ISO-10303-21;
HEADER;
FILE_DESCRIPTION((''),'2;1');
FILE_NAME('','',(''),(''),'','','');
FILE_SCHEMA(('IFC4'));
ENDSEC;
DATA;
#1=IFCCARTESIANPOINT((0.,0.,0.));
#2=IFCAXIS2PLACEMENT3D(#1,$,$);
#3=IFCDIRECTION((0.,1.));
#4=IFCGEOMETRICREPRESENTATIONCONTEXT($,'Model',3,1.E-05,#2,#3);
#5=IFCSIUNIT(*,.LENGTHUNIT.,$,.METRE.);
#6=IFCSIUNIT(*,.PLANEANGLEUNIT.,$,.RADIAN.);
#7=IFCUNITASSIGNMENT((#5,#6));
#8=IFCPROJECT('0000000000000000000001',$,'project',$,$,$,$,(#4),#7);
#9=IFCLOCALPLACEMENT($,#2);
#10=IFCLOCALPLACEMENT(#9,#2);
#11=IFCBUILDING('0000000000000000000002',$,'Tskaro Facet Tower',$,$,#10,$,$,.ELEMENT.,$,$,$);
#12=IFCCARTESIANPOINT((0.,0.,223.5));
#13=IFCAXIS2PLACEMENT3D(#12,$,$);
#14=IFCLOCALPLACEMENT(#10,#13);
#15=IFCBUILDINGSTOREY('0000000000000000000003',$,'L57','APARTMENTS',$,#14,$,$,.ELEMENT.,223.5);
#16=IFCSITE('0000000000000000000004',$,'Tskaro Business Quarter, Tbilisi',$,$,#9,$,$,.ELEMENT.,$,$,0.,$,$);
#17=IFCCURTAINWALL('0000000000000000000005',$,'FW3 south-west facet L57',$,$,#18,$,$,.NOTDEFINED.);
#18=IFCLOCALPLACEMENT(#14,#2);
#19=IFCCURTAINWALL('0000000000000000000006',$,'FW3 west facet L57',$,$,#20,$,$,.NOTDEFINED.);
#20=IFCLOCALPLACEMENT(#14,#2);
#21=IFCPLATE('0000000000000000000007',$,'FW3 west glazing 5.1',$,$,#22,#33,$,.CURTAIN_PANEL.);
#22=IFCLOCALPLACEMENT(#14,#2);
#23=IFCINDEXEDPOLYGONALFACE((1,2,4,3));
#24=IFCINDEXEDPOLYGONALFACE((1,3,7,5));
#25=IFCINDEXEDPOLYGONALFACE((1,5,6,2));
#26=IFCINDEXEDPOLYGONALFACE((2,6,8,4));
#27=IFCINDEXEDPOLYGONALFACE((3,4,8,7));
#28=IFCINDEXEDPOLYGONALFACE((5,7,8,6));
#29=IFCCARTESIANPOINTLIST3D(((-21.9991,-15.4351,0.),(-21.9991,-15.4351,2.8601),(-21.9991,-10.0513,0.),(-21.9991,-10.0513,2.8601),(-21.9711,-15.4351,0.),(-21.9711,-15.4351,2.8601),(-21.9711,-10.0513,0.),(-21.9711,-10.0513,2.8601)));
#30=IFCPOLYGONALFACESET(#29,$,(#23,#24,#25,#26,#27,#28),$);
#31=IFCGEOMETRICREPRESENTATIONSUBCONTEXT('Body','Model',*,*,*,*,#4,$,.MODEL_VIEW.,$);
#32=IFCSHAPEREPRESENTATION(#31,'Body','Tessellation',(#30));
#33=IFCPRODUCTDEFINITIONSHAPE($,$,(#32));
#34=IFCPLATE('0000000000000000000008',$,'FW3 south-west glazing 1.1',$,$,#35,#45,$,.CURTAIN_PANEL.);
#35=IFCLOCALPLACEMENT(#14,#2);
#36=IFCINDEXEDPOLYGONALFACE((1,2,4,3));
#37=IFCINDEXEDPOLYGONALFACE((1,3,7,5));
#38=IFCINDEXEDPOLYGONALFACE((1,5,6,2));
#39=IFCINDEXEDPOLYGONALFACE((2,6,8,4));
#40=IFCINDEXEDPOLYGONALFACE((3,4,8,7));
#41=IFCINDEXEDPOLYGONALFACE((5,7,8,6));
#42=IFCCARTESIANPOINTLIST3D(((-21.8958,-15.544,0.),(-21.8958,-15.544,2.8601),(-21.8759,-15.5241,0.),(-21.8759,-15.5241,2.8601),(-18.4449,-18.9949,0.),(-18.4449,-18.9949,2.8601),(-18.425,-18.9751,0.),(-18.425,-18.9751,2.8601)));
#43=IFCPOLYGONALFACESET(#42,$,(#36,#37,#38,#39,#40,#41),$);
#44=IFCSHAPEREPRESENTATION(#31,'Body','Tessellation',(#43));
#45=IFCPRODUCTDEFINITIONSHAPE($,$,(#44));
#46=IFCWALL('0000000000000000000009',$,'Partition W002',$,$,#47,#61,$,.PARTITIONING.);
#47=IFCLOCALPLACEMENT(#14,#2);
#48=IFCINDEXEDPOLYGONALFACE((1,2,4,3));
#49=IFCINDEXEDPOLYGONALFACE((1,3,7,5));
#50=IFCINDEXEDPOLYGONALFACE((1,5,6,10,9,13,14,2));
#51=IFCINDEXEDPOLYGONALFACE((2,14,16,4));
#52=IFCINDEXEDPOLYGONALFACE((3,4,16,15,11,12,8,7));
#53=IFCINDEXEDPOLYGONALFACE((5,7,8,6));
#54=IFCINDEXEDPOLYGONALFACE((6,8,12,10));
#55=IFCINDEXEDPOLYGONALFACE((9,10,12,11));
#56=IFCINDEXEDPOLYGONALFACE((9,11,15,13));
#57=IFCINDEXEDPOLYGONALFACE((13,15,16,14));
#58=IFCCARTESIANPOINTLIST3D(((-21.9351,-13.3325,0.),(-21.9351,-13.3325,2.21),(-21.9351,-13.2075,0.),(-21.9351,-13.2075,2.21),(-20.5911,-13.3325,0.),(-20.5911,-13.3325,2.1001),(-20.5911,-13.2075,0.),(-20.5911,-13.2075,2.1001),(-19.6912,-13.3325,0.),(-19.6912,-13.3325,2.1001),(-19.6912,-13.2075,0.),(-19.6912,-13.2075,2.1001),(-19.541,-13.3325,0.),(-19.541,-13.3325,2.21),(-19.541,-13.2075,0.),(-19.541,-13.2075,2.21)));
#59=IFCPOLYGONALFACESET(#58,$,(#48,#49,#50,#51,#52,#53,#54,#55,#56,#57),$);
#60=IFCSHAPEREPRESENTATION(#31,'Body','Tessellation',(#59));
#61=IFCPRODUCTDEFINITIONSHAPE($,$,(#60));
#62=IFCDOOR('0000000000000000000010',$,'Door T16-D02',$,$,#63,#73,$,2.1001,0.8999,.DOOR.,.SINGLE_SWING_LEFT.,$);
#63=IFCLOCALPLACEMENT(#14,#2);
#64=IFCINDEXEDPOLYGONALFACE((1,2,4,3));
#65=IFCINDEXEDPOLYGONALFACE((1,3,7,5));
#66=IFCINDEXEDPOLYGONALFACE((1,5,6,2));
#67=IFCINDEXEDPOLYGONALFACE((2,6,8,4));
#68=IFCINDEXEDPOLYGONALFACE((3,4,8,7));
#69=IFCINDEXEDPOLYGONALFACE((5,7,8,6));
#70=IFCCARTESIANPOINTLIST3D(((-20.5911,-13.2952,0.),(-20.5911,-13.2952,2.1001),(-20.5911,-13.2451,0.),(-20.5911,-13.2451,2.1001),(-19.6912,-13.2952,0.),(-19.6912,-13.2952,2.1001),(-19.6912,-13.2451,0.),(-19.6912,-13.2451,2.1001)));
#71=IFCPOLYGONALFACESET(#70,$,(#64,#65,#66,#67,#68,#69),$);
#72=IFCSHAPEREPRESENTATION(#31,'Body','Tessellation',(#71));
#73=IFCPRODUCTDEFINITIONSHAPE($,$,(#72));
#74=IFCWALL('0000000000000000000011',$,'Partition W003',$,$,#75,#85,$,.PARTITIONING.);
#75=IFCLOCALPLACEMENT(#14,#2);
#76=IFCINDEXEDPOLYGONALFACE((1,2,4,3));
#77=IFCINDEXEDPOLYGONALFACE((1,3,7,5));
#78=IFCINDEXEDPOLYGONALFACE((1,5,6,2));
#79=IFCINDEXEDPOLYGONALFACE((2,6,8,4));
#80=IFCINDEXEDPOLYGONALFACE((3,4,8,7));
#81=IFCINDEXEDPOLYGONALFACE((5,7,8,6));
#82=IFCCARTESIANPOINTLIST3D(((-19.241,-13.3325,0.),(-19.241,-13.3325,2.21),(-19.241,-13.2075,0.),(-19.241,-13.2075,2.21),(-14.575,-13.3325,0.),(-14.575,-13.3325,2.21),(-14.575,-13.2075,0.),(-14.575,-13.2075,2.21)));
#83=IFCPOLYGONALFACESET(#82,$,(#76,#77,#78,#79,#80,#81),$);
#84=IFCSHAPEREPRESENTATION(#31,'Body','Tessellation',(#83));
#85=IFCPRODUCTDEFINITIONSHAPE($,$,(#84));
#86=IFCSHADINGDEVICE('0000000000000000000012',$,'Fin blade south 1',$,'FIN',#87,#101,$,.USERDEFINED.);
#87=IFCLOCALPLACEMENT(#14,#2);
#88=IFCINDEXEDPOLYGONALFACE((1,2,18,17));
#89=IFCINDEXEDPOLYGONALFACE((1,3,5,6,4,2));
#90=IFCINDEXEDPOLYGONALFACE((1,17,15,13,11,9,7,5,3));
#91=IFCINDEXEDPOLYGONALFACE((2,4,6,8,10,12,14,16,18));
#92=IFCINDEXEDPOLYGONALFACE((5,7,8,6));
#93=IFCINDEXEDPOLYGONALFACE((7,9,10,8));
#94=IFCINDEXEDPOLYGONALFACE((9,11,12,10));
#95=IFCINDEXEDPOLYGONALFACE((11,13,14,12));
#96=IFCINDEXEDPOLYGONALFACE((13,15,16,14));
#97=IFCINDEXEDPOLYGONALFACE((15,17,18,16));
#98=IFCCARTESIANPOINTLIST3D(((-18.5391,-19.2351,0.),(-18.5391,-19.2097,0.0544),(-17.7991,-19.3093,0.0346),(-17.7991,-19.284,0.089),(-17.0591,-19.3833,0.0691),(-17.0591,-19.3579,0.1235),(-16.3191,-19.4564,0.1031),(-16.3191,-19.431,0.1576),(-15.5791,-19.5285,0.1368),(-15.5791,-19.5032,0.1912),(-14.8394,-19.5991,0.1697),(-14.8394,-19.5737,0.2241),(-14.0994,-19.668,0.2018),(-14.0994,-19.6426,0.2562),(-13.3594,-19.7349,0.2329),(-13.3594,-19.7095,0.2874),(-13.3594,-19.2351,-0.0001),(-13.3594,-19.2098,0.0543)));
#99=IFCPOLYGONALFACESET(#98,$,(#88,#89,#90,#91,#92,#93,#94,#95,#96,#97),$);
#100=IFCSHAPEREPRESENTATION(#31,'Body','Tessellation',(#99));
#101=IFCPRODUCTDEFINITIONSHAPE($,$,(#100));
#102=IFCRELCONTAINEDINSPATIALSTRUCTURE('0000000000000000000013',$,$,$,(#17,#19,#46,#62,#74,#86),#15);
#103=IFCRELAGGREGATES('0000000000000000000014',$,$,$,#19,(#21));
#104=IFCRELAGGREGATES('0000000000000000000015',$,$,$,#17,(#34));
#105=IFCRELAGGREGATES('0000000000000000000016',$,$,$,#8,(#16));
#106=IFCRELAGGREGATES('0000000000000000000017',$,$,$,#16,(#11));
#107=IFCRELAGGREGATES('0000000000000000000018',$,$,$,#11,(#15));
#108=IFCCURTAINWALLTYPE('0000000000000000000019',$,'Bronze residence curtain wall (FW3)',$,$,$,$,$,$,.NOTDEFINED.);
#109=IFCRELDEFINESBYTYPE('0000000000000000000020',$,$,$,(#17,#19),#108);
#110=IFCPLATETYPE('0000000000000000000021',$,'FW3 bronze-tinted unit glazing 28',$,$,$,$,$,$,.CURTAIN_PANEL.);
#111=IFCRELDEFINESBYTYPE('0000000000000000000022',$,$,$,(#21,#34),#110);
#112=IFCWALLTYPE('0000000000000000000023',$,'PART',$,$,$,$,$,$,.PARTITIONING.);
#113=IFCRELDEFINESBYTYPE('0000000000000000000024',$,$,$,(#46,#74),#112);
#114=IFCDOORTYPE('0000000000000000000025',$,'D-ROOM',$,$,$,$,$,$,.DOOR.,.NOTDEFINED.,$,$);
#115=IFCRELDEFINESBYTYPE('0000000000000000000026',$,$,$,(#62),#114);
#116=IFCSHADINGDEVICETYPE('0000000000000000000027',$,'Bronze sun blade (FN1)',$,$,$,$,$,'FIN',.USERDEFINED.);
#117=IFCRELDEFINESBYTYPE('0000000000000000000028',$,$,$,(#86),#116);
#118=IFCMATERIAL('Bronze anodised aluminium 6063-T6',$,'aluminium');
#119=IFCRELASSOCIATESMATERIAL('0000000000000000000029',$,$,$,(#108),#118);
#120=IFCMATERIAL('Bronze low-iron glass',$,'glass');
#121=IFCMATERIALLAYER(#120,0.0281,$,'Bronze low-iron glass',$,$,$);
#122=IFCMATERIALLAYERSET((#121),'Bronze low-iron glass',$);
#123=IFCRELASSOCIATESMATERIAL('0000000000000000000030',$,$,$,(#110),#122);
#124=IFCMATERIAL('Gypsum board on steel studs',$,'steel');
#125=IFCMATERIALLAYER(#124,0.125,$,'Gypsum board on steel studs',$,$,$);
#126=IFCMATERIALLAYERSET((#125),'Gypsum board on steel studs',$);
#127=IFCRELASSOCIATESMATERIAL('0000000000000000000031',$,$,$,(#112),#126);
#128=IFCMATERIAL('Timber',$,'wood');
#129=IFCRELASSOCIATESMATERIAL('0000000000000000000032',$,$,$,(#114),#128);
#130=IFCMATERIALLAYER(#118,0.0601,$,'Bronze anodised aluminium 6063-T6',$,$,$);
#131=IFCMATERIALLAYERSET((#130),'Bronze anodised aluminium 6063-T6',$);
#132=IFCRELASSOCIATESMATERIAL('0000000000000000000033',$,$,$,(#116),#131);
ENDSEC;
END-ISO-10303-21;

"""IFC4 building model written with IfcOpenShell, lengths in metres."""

from ifc_helpers import new_model, si_unit, direction, frame, frame_2d, origin, origin_2d, place, context, subcontext, project, spatial, polyline, rectangle, outline, extrude, material, layer, layer_set, type_object, element, fill, aggregate, save


model = new_model("IFC4")

# Units and contexts
model_context = context("Model", 3, precision=1e-05, world=origin(), true_north=direction((0.0, 1.0)))
body_context = subcontext(model_context, "Body", "Model", "MODEL_VIEW")
ifc_project = project(units=[si_unit("LENGTHUNIT", "METRE"), si_unit("PLANEANGLEUNIT", "RADIAN")], contexts=[model_context])

# Site, building, storey
site_placement = place(None, origin())
site = spatial("IfcSite", under=ifc_project, at=site_placement, Name="Tskaro Business Quarter, Tbilisi", CompositionType="ELEMENT", RefElevation=0.0)
building_placement = place(site_placement, origin())
building = spatial("IfcBuilding", under=site, at=building_placement, Name="Tskaro Facet Tower", CompositionType="ELEMENT")
storey_placement = place(building_placement, frame((0.0, 0.0, 223.5)))
storey = spatial("IfcBuildingStorey", under=building, at=storey_placement, Name="L57", Description="APARTMENTS", CompositionType="ELEMENT", Elevation=223.5)

# Curtain wall
ifc_material_1 = material(Name="Bronze anodised aluminium 6063-T6", Category="aluminium")
curtain_wall_type = type_object("IfcCurtainWallType", Name="Bronze residence curtain wall (FW3)", PredefinedType="NOTDEFINED", material=ifc_material_1)
curtain_wall_1_placement = place(storey_placement, origin())
curtain_wall_1 = element("IfcCurtainWall", 1, at=curtain_wall_1_placement, inside=storey, type_object=curtain_wall_type, Name="FW3 south-west facet L57", PredefinedType="NOTDEFINED")

# Shared definitions
ifc_material_2 = material(Name="Bronze low-iron glass", Category="glass")
ifc_layer_1 = layer(ifc_material_2, 0.0281, Name="Bronze low-iron glass")
ifc_layer_set_1 = layer_set([ifc_layer_1], Name="Bronze low-iron glass")
plate_type = type_object("IfcPlateType", Name="FW3 bronze-tinted unit glazing 28", PredefinedType="CURTAIN_PANEL", material=ifc_layer_set_1)

# Curtain wall, plate
curtain_wall_2_placement = place(storey_placement, origin())
curtain_wall_2 = element("IfcCurtainWall", 2, at=curtain_wall_2_placement, inside=storey, type_object=curtain_wall_type, Name="FW3 west facet L57", PredefinedType="NOTDEFINED")
plate_1_placement = place(storey_placement, frame((-21.9851, -12.7432, 0.0), z_axis=(0.0, 0.0, 1.0), x_axis=(0.0, -1.0, 0.0)))
plate_1 = element("IfcPlate", 3, at=plate_1_placement, type_object=plate_type, Name="FW3 west glazing 5.1", PredefinedType="CURTAIN_PANEL", context=body_context, shape_type="SweptSolid", body=[
    extrude(rectangle(XDim=5.3838, YDim=0.0281, at=origin_2d()), origin(), (0.0, 0.0, 1.0), 2.8601),
])
aggregate(curtain_wall_2, [plate_1])

# Plate
plate_2_placement = place(storey_placement, frame((-20.1604, -17.2595, 0.0), z_axis=(0.0, 0.0, 1.0), x_axis=(0.707107, -0.707107, 0.0)))
plate_2 = element("IfcPlate", 4, at=plate_2_placement, type_object=plate_type, Name="FW3 south-west glazing 1.1", PredefinedType="CURTAIN_PANEL", context=body_context, shape_type="SweptSolid", body=[
    extrude(rectangle(XDim=4.8804, YDim=0.0281, at=origin_2d()), origin(), (0.0, 0.0, 1.0), 2.8601),
])
aggregate(curtain_wall_1, [plate_2])

# Wall, opening, door
ifc_material_3 = material(Name="Gypsum board on steel studs", Category="steel")
ifc_layer_2 = layer(ifc_material_3, 0.125, Name="Gypsum board on steel studs")
ifc_layer_set_2 = layer_set([ifc_layer_2], Name="Gypsum board on steel studs")
wall_type = type_object("IfcWallType", Name="PART", PredefinedType="PARTITIONING", material=ifc_layer_set_2)
wall_1_placement = place(storey_placement, frame((-21.9351, -13.27, 0.0), z_axis=(0.0, 0.0, 1.0), x_axis=(1.0, 0.0, 0.0)))
wall_1 = element("IfcWall", 5, at=wall_1_placement, inside=storey, type_object=wall_type, Name="Partition W002", PredefinedType="PARTITIONING", context=body_context, shape_type="SweptSolid", body=[
    extrude(rectangle(XDim=2.394, YDim=0.125, at=frame_2d((1.197, 0.0))), origin(), (0.0, 0.0, 1.0), 2.21),
])
opening_placement = place(wall_1_placement, frame((1.344, 0.0, 0.0)))
opening = element("IfcOpeningElement", 6, at=opening_placement, cuts=wall_1, PredefinedType="OPENING", context=body_context, shape_type="SweptSolid", body=[
    extrude(rectangle(XDim=0.8999, YDim=2.1001, at=frame_2d((0.45, 1.05))), frame((0.0, 0.0725, 0.0), z_axis=(0.0, -1.0, 0.0), x_axis=(1.0, 0.0, 0.0)), (0.0, 0.0, 1.0), 0.145),
])
ifc_material_4 = material(Name="Timber", Category="wood")
door_type = type_object("IfcDoorType", Name="D-ROOM", OperationType="NOTDEFINED", PredefinedType="DOOR", material=ifc_material_4)
door_placement = place(opening_placement, origin())
door = element("IfcDoor", 7, at=door_placement, inside=storey, type_object=door_type, Name="Door T16-D02", OperationType="SINGLE_SWING_LEFT", OverallHeight=2.1001, OverallWidth=0.8999, PredefinedType="DOOR", context=body_context, shape_type="SweptSolid", body=[
    extrude(rectangle(XDim=0.8999, YDim=2.1001, at=frame_2d((0.45, 1.05))), frame((0.0, 0.0249, 0.0), z_axis=(0.0, -1.0, 0.0), x_axis=(1.0, 0.0, 0.0)), (0.0, 0.0, 1.0), 0.05),
])
fill(opening, door)

# Wall
wall_2_placement = place(storey_placement, frame((-19.241, -13.27, 0.0), z_axis=(0.0, 0.0, 1.0), x_axis=(1.0, 0.0, 0.0)))
element("IfcWall", 8, at=wall_2_placement, inside=storey, type_object=wall_type, Name="Partition W003", PredefinedType="PARTITIONING", context=body_context, shape_type="SweptSolid", body=[
    extrude(rectangle(XDim=4.666, YDim=0.125, at=frame_2d((2.333, 0.0))), origin(), (0.0, 0.0, 1.0), 2.21),
])

# Shading device
ifc_layer_3 = layer(ifc_material_1, 0.0601, Name="Bronze anodised aluminium 6063-T6")
ifc_layer_set_3 = layer_set([ifc_layer_3], Name="Bronze anodised aluminium 6063-T6")
shading_device_type = type_object("IfcShadingDeviceType", Name="Bronze sun blade (FN1)", ElementType="FIN", PredefinedType="USERDEFINED", material=ifc_layer_set_3)
shading_device_placement = place(storey_placement, frame((-18.5391, -19.2097, 0.0544), z_axis=(0.000022, 0.42261, 0.906311), x_axis=(1.0, -0.000009, -0.00002)))
element("IfcShadingDevice", 9, at=shading_device_placement, inside=storey, type_object=shading_device_type, Name="Fin blade south 1", ObjectType="FIN", PredefinedType="USERDEFINED", context=body_context, shape_type="SweptSolid", body=[
    extrude(outline(polyline([(0.0, 0.0), (5.1797, 0.0), (5.1797, -0.5514), (4.4397, -0.4776), (3.6997, -0.4016), (2.96, -0.3237), (2.22, -0.2441), (1.48, -0.1635), (0.74, -0.0819), (0.0, 0.0)])), origin(), (0.0, 0.0, -1.0), 0.0601),
])

save(model, "model.ifc")
